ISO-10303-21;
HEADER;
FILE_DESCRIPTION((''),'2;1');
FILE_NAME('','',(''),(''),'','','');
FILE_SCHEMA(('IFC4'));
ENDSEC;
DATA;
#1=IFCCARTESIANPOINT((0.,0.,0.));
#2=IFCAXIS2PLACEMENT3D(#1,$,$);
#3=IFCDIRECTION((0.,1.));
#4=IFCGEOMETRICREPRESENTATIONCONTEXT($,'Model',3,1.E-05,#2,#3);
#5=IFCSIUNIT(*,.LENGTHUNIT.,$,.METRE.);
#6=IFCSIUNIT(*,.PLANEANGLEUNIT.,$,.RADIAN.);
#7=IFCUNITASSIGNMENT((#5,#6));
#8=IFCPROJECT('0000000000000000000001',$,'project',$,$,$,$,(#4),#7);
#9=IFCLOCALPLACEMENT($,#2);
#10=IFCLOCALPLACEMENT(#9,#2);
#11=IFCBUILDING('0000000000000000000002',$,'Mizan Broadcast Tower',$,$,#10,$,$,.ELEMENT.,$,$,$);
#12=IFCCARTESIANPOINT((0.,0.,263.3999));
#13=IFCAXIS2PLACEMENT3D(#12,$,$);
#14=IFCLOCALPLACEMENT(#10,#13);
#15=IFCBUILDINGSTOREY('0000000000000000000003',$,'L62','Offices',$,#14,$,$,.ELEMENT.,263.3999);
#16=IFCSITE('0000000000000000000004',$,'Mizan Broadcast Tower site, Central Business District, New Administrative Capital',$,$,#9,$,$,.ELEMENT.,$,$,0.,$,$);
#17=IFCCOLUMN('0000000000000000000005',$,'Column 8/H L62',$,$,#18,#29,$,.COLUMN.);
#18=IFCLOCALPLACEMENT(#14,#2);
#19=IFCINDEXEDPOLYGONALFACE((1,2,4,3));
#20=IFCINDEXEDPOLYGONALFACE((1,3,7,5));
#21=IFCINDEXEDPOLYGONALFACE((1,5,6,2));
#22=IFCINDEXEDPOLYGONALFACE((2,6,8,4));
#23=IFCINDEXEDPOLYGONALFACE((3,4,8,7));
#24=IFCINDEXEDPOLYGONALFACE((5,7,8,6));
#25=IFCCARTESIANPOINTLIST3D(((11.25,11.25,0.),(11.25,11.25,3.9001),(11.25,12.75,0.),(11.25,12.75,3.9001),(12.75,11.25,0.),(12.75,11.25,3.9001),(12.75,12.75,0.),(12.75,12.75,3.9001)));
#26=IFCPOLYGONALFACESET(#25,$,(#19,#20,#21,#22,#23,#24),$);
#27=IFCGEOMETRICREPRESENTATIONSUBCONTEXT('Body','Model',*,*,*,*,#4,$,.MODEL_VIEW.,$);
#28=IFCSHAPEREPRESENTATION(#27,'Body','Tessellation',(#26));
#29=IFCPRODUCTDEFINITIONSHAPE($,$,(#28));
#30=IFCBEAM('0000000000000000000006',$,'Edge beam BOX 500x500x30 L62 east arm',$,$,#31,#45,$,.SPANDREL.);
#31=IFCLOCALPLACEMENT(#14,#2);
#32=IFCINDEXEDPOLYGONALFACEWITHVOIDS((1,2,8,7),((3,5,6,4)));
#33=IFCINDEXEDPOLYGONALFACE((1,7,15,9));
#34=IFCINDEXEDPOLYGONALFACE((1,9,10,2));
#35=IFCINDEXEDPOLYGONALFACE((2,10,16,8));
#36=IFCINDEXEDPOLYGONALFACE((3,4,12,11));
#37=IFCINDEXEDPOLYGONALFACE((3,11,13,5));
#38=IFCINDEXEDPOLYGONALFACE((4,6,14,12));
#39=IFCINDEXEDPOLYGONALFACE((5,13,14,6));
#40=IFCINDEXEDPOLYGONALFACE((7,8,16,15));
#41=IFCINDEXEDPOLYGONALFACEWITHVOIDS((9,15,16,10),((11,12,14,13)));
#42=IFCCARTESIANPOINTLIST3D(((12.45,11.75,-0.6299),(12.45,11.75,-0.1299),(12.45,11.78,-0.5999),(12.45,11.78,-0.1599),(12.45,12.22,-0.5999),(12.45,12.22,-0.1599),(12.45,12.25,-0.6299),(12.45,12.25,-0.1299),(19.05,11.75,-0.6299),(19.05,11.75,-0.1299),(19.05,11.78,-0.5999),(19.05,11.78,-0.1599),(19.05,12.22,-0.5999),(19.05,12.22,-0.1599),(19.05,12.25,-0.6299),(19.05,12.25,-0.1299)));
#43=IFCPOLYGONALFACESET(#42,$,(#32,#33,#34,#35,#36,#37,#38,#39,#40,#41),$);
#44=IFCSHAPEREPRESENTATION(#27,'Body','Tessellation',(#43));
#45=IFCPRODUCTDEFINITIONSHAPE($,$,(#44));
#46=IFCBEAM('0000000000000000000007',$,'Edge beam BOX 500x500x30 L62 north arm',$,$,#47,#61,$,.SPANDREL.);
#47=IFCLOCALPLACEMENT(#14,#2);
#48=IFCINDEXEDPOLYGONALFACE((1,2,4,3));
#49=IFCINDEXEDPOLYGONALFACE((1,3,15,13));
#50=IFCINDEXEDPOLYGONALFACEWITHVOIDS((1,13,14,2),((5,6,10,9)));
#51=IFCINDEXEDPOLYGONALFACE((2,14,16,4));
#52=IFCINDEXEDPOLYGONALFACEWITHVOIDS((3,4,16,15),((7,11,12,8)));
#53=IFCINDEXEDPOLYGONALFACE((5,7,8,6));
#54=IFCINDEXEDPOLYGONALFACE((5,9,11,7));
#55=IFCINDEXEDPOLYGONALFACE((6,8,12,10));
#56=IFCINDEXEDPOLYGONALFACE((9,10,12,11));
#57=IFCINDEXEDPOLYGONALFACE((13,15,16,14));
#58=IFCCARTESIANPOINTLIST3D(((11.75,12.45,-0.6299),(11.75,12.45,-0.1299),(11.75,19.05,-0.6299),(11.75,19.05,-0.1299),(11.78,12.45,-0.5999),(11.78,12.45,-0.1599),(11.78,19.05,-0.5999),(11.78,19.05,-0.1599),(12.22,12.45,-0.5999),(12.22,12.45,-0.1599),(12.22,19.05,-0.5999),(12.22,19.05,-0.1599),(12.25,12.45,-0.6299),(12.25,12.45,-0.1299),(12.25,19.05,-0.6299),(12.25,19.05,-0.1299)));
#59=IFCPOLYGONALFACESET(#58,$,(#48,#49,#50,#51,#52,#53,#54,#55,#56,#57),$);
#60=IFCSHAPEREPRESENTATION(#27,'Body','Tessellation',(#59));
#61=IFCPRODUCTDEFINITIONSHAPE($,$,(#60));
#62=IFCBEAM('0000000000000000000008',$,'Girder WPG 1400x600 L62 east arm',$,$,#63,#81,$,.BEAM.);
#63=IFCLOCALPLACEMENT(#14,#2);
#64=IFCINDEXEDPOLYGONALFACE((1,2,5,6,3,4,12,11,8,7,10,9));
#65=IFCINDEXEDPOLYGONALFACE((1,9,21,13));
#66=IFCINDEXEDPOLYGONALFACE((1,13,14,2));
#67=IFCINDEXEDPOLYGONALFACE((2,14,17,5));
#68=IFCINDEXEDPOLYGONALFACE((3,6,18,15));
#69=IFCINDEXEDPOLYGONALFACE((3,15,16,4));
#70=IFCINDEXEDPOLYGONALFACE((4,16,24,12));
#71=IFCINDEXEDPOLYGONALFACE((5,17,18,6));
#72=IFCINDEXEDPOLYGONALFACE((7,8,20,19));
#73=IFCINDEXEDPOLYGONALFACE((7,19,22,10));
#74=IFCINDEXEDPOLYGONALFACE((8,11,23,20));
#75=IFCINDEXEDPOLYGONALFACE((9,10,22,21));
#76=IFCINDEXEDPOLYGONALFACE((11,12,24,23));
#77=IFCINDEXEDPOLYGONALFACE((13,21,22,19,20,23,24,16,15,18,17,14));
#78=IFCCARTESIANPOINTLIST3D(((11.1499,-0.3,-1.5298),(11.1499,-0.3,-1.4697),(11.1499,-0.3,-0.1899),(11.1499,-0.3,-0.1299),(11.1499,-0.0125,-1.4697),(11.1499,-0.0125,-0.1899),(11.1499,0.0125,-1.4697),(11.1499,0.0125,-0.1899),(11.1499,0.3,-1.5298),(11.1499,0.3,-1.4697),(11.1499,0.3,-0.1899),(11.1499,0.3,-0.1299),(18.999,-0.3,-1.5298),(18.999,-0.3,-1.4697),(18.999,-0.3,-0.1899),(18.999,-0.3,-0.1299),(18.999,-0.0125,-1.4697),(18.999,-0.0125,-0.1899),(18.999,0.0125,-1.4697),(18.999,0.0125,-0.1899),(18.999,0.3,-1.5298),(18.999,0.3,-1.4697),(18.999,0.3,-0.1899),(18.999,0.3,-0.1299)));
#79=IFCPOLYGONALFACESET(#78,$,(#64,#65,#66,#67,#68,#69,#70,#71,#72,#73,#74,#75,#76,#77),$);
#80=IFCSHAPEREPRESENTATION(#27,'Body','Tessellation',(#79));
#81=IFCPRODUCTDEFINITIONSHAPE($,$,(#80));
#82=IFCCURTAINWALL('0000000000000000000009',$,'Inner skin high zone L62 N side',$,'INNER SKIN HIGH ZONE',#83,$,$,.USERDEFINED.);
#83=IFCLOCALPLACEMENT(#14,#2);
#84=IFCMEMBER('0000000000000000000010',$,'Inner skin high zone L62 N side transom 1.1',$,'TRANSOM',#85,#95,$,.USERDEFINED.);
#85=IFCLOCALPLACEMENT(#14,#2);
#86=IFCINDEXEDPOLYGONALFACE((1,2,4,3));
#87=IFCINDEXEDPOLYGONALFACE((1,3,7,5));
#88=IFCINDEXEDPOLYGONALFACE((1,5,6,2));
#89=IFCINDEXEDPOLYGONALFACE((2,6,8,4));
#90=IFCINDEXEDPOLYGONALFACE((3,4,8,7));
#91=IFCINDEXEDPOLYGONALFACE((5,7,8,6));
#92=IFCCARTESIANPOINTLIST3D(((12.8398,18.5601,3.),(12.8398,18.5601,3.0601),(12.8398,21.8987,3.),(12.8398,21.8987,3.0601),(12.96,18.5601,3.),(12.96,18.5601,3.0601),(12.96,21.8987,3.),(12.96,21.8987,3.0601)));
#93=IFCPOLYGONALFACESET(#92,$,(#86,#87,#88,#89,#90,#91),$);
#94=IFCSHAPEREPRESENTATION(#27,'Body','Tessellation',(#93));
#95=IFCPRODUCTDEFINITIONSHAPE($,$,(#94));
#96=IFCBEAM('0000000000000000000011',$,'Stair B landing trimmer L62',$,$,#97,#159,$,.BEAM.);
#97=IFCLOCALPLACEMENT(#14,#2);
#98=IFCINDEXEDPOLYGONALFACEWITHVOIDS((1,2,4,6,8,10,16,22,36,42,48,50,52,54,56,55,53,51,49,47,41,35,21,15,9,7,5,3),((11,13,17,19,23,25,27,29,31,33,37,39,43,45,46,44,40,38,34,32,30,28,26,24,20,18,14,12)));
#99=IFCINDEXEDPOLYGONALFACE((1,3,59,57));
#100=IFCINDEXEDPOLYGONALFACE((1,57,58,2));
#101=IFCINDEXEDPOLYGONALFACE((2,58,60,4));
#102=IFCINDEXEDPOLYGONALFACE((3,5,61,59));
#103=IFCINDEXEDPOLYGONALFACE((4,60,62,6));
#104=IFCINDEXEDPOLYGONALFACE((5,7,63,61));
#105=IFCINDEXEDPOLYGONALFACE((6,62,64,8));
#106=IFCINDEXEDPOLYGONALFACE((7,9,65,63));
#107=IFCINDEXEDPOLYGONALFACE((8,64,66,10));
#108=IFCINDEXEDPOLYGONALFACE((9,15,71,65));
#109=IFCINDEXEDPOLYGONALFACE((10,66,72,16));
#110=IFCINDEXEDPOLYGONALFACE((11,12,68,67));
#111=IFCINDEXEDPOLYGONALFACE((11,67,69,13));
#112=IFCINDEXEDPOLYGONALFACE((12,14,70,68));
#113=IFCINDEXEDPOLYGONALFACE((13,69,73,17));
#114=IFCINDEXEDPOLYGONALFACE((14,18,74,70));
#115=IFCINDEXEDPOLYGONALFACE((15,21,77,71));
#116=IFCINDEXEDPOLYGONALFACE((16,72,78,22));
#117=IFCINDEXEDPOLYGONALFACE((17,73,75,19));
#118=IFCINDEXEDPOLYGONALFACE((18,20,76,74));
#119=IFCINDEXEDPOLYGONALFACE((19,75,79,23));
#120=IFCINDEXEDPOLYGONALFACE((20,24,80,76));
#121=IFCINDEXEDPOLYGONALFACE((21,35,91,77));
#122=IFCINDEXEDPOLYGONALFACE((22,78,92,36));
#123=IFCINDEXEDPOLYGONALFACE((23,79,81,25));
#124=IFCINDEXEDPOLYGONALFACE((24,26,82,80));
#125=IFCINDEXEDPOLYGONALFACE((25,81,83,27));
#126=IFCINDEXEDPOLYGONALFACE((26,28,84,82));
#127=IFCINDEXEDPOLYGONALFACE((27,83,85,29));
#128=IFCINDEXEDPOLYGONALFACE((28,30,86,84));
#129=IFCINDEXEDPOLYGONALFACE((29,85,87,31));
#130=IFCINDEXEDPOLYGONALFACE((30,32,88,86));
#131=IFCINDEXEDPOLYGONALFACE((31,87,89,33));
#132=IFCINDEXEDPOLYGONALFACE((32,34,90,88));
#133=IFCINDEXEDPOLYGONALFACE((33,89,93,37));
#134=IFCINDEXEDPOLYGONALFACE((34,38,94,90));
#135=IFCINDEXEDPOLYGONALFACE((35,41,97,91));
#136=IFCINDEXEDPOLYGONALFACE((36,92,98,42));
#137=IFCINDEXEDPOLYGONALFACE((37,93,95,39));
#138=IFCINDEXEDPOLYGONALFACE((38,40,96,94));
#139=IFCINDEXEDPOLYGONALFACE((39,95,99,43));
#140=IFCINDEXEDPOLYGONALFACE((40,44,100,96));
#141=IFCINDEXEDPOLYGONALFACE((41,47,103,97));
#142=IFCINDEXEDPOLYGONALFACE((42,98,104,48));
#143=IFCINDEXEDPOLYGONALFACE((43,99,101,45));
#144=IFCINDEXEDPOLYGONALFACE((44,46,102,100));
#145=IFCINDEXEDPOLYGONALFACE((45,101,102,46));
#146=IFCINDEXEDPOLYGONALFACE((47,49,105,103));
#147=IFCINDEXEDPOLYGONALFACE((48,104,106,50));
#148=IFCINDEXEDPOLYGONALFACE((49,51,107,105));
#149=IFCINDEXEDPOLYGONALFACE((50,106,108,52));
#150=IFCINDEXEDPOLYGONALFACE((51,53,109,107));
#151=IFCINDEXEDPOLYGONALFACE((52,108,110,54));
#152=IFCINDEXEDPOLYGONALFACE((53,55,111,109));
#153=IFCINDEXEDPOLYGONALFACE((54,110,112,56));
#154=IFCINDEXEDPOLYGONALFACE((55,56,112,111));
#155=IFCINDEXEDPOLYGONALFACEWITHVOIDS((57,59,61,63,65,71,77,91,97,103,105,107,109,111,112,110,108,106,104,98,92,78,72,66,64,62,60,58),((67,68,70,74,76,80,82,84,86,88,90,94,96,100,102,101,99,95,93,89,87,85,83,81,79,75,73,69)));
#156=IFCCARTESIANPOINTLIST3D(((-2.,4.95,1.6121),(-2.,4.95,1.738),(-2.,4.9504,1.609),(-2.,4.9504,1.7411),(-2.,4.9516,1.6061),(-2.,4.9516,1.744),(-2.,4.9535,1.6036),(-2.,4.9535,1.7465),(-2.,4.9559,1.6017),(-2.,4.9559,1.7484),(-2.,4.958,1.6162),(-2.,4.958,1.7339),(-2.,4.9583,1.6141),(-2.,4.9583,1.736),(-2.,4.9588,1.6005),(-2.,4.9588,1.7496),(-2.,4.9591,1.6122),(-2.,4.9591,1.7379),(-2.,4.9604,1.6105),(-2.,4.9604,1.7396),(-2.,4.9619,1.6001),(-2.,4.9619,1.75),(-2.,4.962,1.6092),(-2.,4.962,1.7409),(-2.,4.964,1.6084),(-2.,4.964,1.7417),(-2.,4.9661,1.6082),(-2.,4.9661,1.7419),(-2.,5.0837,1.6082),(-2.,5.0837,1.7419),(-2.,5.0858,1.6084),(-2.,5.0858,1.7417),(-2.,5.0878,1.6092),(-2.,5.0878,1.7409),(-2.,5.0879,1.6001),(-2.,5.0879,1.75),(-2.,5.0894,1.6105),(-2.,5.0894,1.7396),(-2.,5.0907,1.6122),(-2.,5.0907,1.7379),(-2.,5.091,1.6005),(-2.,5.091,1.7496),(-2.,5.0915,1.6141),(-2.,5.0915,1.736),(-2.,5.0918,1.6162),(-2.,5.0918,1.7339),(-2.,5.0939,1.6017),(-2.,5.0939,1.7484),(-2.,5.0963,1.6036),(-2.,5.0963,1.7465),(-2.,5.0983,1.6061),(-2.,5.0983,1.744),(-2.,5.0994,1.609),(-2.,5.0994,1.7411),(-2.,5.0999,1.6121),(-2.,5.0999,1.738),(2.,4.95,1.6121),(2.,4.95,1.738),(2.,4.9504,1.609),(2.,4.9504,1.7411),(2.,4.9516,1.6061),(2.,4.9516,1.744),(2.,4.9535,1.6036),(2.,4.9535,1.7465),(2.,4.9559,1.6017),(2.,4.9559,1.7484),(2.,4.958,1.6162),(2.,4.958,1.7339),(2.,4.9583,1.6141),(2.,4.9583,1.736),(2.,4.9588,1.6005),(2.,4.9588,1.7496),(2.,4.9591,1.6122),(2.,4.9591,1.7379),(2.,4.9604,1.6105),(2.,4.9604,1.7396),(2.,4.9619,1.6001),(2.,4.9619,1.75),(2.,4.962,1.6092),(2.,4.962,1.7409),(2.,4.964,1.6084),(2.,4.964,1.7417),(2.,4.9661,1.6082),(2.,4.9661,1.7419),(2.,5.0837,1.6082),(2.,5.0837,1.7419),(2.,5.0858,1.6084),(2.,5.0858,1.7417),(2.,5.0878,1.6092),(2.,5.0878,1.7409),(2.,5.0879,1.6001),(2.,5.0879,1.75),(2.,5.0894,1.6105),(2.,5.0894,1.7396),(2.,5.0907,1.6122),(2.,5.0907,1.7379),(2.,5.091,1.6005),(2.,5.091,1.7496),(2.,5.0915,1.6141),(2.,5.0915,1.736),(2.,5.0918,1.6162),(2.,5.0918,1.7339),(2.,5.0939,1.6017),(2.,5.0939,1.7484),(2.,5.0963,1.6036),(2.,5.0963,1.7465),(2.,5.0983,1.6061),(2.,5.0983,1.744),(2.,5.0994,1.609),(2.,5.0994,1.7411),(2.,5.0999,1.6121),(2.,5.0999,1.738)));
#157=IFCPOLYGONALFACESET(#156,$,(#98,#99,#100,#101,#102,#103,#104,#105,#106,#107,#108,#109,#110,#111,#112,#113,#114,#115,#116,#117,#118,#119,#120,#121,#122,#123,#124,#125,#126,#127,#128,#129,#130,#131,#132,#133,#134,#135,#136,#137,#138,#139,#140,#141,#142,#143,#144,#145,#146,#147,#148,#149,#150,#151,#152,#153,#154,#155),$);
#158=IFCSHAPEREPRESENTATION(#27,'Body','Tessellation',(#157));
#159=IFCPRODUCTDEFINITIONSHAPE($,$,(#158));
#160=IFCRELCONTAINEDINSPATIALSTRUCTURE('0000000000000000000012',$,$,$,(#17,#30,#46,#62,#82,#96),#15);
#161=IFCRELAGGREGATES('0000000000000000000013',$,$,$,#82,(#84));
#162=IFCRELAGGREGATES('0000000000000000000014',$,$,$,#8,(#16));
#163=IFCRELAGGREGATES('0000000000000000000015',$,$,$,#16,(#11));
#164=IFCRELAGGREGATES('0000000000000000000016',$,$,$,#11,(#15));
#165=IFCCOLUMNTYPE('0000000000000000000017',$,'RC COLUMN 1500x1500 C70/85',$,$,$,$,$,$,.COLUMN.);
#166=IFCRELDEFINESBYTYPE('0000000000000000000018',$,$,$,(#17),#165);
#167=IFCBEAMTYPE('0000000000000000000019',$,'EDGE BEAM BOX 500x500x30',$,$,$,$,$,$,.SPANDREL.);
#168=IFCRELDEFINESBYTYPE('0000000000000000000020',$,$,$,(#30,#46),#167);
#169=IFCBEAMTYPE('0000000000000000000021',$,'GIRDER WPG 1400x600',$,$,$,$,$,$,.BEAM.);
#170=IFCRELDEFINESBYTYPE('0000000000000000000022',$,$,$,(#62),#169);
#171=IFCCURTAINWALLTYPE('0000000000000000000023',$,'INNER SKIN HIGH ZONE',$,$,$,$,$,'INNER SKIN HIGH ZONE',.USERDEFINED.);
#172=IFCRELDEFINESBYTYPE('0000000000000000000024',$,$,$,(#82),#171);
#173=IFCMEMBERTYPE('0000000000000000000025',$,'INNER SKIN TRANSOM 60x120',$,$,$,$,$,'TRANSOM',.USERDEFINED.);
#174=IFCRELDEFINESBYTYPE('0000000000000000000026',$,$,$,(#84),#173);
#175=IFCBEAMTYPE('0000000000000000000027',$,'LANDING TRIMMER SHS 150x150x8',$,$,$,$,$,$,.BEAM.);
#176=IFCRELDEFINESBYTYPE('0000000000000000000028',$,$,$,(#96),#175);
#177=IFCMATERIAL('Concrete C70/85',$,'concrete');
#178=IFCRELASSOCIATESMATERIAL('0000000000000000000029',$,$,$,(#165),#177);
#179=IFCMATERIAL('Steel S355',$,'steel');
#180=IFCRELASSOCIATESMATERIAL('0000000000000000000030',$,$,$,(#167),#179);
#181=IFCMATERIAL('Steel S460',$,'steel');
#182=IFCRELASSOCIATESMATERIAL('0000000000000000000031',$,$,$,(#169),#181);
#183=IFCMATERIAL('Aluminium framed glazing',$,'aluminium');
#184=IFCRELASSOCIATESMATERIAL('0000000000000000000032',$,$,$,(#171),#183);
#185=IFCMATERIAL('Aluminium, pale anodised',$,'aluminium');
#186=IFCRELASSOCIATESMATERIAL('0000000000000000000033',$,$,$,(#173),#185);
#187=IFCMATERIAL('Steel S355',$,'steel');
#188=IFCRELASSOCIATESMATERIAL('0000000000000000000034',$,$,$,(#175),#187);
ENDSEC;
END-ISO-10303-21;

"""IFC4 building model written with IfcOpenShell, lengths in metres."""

from ifc_helpers import new_model, si_unit, direction, frame, origin, origin_2d, place, context, subcontext, project, spatial, rectangle, hollow_rectangle, i_section, extrude, material, material_profile, profile_set, type_object, element, aggregate, save


model = new_model("IFC4")

# Units and contexts
model_context = context("Model", 3, precision=1e-05, world=origin(), true_north=direction((0.0, 1.0)))
body_context = subcontext(model_context, "Body", "Model", "MODEL_VIEW")
ifc_project = project(units=[si_unit("LENGTHUNIT", "METRE"), si_unit("PLANEANGLEUNIT", "RADIAN")], contexts=[model_context])

# Site, building, storey
site_placement = place(None, origin())
site = spatial("IfcSite", under=ifc_project, at=site_placement, Name="Mizan Broadcast Tower site, Central Business District, New Administrative Capital", CompositionType="ELEMENT", RefElevation=0.0)
building_placement = place(site_placement, origin())
building = spatial("IfcBuilding", under=site, at=building_placement, Name="Mizan Broadcast Tower", CompositionType="ELEMENT")
storey_placement = place(building_placement, frame((0.0, 0.0, 263.3999)))
storey = spatial("IfcBuildingStorey", under=building, at=storey_placement, Name="L62", Description="Offices", CompositionType="ELEMENT", Elevation=263.3999)

# Column
ifc_material_1 = material(Name="Concrete C70/85", Category="concrete")
ifc_material_profile_1 = material_profile(ifc_material_1, rectangle(XDim=1.5, YDim=1.5, at=origin_2d()), Name="RC 1500x1500")
ifc_profile_set_1 = profile_set([ifc_material_profile_1], Name="Concrete C70/85")
column_type = type_object("IfcColumnType", Name="RC COLUMN 1500x1500 C70/85", PredefinedType="COLUMN", material=ifc_profile_set_1)
column_placement = place(storey_placement, frame((12.0, 12.0, 0.0), z_axis=(0.0, 0.0, 1.0), x_axis=(1.0, 0.0, 0.0)))
element("IfcColumn", 1, at=column_placement, inside=storey, type_object=column_type, Name="Column 8/H L62", PredefinedType="COLUMN", context=body_context, shape_type="SweptSolid", body=[
    extrude(rectangle(XDim=1.5, YDim=1.5, at=origin_2d()), origin(), (0.0, 0.0, 1.0), 3.9001),
])

# Beams
ifc_material_2 = material(Name="Steel S355", Category="steel")
ifc_material_profile_2 = material_profile(ifc_material_2, hollow_rectangle(XDim=0.5, YDim=0.5, WallThickness=0.03, at=origin_2d()), Name="BOX 500x500x30")
ifc_profile_set_2 = profile_set([ifc_material_profile_2], Name="Steel S355")
beam_type_1 = type_object("IfcBeamType", Name="EDGE BEAM BOX 500x500x30", PredefinedType="SPANDREL", material=ifc_profile_set_2)
for number, where, z_axis, x_axis, name in (
    (2, (12.45, 12.0, -0.3799), (1.0, 0.0, 0.0), (0.0, 1.0, 0.0), "Edge beam BOX 500x500x30 L62 east arm"),
    (3, (12.0, 12.45, -0.3799), (0.0, 1.0, 0.0), (-1.0, 0.0, 0.0), "Edge beam BOX 500x500x30 L62 north arm"),
):
    element("IfcBeam", number, at=place(storey_placement, frame(where, z_axis=z_axis, x_axis=x_axis)), inside=storey, type_object=beam_type_1, Name=name, PredefinedType="SPANDREL", context=body_context, shape_type="SweptSolid", body=[
        extrude(hollow_rectangle(XDim=0.5, YDim=0.5, WallThickness=0.03, at=origin_2d()), origin(), (0.0, 0.0, 1.0), 6.6001),
    ])
ifc_material_3 = material(Name="Steel S460", Category="steel")
ifc_material_profile_3 = material_profile(ifc_material_3, i_section(OverallWidth=0.6001, OverallDepth=1.3999, WebThickness=0.0249, FlangeThickness=0.0601, at=origin_2d()), Name="WPG 1400x600")
ifc_profile_set_3 = profile_set([ifc_material_profile_3], Name="Steel S460")
beam_type_2 = type_object("IfcBeamType", Name="GIRDER WPG 1400x600", PredefinedType="BEAM", material=ifc_profile_set_3)
beam_1_placement = place(storey_placement, frame((11.1499, 0.0, -0.8298), z_axis=(1.0, 0.0, 0.0), x_axis=(0.0, 1.0, 0.0)))
element("IfcBeam", 4, at=beam_1_placement, inside=storey, type_object=beam_type_2, Name="Girder WPG 1400x600 L62 east arm", PredefinedType="BEAM", context=body_context, shape_type="SweptSolid", body=[
    extrude(i_section(OverallWidth=0.6001, OverallDepth=1.3999, WebThickness=0.0249, FlangeThickness=0.0601, at=origin_2d()), origin(), (0.0, 0.0, 1.0), 7.8491),
])

# Curtain wall, member
ifc_material_4 = material(Name="Aluminium framed glazing", Category="aluminium")
curtain_wall_type = type_object("IfcCurtainWallType", Name="INNER SKIN HIGH ZONE", ElementType="INNER SKIN HIGH ZONE", PredefinedType="USERDEFINED", material=ifc_material_4)
curtain_wall_placement = place(storey_placement, origin())
curtain_wall = element("IfcCurtainWall", 5, at=curtain_wall_placement, inside=storey, type_object=curtain_wall_type, Name="Inner skin high zone L62 N side", ObjectType="INNER SKIN HIGH ZONE", PredefinedType="USERDEFINED")
ifc_material_5 = material(Name="Aluminium, pale anodised", Category="aluminium")
ifc_material_profile_4 = material_profile(ifc_material_5, rectangle(XDim=0.1201, YDim=0.0601, at=origin_2d()), Name="TRANSOM 120x60")
ifc_profile_set_4 = profile_set([ifc_material_profile_4], Name="Aluminium, pale anodised")
member_type = type_object("IfcMemberType", Name="INNER SKIN TRANSOM 60x120", ElementType="TRANSOM", PredefinedType="USERDEFINED", material=ifc_profile_set_4)
member_placement = place(storey_placement, frame((12.8999, 18.5601, 3.03), z_axis=(0.0, 1.0, 0.0), x_axis=(-1.0, 0.0, 0.0)))
member = element("IfcMember", 6, at=member_placement, type_object=member_type, Name="Inner skin high zone L62 N side transom 1.1", ObjectType="TRANSOM", PredefinedType="USERDEFINED", context=body_context, shape_type="SweptSolid", body=[
    extrude(rectangle(XDim=0.1201, YDim=0.0601, at=origin_2d()), origin(), (0.0, 0.0, 1.0), 3.3386),
])
aggregate(curtain_wall, [member])

# Beam
ifc_material_6 = material(Name="Steel S355", Category="steel")
ifc_material_profile_5 = material_profile(ifc_material_6, hollow_rectangle(XDim=0.1499, YDim=0.1499, WallThickness=0.0081, InnerFilletRadius=0.0081, OuterFilletRadius=0.012, at=origin_2d()), Name="SHS 150x150x8")
ifc_profile_set_5 = profile_set([ifc_material_profile_5], Name="Steel S355")
beam_type_3 = type_object("IfcBeamType", Name="LANDING TRIMMER SHS 150x150x8", PredefinedType="BEAM", material=ifc_profile_set_5)
for number, where, z_axis, x_axis, name in (
    (7, (2.0, 5.0249, 1.675), (-1.0, 0.0, 0.0), (0.0, -1.0, 0.0), "Stair B landing trimmer L62"),
):
    element("IfcBeam", number, at=place(storey_placement, frame(where, z_axis=z_axis, x_axis=x_axis)), inside=storey, type_object=beam_type_3, Name=name, PredefinedType="BEAM", context=body_context, shape_type="SweptSolid", body=[
        extrude(hollow_rectangle(XDim=0.1499, YDim=0.1499, WallThickness=0.0081, InnerFilletRadius=0.0081, OuterFilletRadius=0.012, at=origin_2d()), origin(), (0.0, 0.0, 1.0), 4.0),
    ])

save(model, "model.ifc")
